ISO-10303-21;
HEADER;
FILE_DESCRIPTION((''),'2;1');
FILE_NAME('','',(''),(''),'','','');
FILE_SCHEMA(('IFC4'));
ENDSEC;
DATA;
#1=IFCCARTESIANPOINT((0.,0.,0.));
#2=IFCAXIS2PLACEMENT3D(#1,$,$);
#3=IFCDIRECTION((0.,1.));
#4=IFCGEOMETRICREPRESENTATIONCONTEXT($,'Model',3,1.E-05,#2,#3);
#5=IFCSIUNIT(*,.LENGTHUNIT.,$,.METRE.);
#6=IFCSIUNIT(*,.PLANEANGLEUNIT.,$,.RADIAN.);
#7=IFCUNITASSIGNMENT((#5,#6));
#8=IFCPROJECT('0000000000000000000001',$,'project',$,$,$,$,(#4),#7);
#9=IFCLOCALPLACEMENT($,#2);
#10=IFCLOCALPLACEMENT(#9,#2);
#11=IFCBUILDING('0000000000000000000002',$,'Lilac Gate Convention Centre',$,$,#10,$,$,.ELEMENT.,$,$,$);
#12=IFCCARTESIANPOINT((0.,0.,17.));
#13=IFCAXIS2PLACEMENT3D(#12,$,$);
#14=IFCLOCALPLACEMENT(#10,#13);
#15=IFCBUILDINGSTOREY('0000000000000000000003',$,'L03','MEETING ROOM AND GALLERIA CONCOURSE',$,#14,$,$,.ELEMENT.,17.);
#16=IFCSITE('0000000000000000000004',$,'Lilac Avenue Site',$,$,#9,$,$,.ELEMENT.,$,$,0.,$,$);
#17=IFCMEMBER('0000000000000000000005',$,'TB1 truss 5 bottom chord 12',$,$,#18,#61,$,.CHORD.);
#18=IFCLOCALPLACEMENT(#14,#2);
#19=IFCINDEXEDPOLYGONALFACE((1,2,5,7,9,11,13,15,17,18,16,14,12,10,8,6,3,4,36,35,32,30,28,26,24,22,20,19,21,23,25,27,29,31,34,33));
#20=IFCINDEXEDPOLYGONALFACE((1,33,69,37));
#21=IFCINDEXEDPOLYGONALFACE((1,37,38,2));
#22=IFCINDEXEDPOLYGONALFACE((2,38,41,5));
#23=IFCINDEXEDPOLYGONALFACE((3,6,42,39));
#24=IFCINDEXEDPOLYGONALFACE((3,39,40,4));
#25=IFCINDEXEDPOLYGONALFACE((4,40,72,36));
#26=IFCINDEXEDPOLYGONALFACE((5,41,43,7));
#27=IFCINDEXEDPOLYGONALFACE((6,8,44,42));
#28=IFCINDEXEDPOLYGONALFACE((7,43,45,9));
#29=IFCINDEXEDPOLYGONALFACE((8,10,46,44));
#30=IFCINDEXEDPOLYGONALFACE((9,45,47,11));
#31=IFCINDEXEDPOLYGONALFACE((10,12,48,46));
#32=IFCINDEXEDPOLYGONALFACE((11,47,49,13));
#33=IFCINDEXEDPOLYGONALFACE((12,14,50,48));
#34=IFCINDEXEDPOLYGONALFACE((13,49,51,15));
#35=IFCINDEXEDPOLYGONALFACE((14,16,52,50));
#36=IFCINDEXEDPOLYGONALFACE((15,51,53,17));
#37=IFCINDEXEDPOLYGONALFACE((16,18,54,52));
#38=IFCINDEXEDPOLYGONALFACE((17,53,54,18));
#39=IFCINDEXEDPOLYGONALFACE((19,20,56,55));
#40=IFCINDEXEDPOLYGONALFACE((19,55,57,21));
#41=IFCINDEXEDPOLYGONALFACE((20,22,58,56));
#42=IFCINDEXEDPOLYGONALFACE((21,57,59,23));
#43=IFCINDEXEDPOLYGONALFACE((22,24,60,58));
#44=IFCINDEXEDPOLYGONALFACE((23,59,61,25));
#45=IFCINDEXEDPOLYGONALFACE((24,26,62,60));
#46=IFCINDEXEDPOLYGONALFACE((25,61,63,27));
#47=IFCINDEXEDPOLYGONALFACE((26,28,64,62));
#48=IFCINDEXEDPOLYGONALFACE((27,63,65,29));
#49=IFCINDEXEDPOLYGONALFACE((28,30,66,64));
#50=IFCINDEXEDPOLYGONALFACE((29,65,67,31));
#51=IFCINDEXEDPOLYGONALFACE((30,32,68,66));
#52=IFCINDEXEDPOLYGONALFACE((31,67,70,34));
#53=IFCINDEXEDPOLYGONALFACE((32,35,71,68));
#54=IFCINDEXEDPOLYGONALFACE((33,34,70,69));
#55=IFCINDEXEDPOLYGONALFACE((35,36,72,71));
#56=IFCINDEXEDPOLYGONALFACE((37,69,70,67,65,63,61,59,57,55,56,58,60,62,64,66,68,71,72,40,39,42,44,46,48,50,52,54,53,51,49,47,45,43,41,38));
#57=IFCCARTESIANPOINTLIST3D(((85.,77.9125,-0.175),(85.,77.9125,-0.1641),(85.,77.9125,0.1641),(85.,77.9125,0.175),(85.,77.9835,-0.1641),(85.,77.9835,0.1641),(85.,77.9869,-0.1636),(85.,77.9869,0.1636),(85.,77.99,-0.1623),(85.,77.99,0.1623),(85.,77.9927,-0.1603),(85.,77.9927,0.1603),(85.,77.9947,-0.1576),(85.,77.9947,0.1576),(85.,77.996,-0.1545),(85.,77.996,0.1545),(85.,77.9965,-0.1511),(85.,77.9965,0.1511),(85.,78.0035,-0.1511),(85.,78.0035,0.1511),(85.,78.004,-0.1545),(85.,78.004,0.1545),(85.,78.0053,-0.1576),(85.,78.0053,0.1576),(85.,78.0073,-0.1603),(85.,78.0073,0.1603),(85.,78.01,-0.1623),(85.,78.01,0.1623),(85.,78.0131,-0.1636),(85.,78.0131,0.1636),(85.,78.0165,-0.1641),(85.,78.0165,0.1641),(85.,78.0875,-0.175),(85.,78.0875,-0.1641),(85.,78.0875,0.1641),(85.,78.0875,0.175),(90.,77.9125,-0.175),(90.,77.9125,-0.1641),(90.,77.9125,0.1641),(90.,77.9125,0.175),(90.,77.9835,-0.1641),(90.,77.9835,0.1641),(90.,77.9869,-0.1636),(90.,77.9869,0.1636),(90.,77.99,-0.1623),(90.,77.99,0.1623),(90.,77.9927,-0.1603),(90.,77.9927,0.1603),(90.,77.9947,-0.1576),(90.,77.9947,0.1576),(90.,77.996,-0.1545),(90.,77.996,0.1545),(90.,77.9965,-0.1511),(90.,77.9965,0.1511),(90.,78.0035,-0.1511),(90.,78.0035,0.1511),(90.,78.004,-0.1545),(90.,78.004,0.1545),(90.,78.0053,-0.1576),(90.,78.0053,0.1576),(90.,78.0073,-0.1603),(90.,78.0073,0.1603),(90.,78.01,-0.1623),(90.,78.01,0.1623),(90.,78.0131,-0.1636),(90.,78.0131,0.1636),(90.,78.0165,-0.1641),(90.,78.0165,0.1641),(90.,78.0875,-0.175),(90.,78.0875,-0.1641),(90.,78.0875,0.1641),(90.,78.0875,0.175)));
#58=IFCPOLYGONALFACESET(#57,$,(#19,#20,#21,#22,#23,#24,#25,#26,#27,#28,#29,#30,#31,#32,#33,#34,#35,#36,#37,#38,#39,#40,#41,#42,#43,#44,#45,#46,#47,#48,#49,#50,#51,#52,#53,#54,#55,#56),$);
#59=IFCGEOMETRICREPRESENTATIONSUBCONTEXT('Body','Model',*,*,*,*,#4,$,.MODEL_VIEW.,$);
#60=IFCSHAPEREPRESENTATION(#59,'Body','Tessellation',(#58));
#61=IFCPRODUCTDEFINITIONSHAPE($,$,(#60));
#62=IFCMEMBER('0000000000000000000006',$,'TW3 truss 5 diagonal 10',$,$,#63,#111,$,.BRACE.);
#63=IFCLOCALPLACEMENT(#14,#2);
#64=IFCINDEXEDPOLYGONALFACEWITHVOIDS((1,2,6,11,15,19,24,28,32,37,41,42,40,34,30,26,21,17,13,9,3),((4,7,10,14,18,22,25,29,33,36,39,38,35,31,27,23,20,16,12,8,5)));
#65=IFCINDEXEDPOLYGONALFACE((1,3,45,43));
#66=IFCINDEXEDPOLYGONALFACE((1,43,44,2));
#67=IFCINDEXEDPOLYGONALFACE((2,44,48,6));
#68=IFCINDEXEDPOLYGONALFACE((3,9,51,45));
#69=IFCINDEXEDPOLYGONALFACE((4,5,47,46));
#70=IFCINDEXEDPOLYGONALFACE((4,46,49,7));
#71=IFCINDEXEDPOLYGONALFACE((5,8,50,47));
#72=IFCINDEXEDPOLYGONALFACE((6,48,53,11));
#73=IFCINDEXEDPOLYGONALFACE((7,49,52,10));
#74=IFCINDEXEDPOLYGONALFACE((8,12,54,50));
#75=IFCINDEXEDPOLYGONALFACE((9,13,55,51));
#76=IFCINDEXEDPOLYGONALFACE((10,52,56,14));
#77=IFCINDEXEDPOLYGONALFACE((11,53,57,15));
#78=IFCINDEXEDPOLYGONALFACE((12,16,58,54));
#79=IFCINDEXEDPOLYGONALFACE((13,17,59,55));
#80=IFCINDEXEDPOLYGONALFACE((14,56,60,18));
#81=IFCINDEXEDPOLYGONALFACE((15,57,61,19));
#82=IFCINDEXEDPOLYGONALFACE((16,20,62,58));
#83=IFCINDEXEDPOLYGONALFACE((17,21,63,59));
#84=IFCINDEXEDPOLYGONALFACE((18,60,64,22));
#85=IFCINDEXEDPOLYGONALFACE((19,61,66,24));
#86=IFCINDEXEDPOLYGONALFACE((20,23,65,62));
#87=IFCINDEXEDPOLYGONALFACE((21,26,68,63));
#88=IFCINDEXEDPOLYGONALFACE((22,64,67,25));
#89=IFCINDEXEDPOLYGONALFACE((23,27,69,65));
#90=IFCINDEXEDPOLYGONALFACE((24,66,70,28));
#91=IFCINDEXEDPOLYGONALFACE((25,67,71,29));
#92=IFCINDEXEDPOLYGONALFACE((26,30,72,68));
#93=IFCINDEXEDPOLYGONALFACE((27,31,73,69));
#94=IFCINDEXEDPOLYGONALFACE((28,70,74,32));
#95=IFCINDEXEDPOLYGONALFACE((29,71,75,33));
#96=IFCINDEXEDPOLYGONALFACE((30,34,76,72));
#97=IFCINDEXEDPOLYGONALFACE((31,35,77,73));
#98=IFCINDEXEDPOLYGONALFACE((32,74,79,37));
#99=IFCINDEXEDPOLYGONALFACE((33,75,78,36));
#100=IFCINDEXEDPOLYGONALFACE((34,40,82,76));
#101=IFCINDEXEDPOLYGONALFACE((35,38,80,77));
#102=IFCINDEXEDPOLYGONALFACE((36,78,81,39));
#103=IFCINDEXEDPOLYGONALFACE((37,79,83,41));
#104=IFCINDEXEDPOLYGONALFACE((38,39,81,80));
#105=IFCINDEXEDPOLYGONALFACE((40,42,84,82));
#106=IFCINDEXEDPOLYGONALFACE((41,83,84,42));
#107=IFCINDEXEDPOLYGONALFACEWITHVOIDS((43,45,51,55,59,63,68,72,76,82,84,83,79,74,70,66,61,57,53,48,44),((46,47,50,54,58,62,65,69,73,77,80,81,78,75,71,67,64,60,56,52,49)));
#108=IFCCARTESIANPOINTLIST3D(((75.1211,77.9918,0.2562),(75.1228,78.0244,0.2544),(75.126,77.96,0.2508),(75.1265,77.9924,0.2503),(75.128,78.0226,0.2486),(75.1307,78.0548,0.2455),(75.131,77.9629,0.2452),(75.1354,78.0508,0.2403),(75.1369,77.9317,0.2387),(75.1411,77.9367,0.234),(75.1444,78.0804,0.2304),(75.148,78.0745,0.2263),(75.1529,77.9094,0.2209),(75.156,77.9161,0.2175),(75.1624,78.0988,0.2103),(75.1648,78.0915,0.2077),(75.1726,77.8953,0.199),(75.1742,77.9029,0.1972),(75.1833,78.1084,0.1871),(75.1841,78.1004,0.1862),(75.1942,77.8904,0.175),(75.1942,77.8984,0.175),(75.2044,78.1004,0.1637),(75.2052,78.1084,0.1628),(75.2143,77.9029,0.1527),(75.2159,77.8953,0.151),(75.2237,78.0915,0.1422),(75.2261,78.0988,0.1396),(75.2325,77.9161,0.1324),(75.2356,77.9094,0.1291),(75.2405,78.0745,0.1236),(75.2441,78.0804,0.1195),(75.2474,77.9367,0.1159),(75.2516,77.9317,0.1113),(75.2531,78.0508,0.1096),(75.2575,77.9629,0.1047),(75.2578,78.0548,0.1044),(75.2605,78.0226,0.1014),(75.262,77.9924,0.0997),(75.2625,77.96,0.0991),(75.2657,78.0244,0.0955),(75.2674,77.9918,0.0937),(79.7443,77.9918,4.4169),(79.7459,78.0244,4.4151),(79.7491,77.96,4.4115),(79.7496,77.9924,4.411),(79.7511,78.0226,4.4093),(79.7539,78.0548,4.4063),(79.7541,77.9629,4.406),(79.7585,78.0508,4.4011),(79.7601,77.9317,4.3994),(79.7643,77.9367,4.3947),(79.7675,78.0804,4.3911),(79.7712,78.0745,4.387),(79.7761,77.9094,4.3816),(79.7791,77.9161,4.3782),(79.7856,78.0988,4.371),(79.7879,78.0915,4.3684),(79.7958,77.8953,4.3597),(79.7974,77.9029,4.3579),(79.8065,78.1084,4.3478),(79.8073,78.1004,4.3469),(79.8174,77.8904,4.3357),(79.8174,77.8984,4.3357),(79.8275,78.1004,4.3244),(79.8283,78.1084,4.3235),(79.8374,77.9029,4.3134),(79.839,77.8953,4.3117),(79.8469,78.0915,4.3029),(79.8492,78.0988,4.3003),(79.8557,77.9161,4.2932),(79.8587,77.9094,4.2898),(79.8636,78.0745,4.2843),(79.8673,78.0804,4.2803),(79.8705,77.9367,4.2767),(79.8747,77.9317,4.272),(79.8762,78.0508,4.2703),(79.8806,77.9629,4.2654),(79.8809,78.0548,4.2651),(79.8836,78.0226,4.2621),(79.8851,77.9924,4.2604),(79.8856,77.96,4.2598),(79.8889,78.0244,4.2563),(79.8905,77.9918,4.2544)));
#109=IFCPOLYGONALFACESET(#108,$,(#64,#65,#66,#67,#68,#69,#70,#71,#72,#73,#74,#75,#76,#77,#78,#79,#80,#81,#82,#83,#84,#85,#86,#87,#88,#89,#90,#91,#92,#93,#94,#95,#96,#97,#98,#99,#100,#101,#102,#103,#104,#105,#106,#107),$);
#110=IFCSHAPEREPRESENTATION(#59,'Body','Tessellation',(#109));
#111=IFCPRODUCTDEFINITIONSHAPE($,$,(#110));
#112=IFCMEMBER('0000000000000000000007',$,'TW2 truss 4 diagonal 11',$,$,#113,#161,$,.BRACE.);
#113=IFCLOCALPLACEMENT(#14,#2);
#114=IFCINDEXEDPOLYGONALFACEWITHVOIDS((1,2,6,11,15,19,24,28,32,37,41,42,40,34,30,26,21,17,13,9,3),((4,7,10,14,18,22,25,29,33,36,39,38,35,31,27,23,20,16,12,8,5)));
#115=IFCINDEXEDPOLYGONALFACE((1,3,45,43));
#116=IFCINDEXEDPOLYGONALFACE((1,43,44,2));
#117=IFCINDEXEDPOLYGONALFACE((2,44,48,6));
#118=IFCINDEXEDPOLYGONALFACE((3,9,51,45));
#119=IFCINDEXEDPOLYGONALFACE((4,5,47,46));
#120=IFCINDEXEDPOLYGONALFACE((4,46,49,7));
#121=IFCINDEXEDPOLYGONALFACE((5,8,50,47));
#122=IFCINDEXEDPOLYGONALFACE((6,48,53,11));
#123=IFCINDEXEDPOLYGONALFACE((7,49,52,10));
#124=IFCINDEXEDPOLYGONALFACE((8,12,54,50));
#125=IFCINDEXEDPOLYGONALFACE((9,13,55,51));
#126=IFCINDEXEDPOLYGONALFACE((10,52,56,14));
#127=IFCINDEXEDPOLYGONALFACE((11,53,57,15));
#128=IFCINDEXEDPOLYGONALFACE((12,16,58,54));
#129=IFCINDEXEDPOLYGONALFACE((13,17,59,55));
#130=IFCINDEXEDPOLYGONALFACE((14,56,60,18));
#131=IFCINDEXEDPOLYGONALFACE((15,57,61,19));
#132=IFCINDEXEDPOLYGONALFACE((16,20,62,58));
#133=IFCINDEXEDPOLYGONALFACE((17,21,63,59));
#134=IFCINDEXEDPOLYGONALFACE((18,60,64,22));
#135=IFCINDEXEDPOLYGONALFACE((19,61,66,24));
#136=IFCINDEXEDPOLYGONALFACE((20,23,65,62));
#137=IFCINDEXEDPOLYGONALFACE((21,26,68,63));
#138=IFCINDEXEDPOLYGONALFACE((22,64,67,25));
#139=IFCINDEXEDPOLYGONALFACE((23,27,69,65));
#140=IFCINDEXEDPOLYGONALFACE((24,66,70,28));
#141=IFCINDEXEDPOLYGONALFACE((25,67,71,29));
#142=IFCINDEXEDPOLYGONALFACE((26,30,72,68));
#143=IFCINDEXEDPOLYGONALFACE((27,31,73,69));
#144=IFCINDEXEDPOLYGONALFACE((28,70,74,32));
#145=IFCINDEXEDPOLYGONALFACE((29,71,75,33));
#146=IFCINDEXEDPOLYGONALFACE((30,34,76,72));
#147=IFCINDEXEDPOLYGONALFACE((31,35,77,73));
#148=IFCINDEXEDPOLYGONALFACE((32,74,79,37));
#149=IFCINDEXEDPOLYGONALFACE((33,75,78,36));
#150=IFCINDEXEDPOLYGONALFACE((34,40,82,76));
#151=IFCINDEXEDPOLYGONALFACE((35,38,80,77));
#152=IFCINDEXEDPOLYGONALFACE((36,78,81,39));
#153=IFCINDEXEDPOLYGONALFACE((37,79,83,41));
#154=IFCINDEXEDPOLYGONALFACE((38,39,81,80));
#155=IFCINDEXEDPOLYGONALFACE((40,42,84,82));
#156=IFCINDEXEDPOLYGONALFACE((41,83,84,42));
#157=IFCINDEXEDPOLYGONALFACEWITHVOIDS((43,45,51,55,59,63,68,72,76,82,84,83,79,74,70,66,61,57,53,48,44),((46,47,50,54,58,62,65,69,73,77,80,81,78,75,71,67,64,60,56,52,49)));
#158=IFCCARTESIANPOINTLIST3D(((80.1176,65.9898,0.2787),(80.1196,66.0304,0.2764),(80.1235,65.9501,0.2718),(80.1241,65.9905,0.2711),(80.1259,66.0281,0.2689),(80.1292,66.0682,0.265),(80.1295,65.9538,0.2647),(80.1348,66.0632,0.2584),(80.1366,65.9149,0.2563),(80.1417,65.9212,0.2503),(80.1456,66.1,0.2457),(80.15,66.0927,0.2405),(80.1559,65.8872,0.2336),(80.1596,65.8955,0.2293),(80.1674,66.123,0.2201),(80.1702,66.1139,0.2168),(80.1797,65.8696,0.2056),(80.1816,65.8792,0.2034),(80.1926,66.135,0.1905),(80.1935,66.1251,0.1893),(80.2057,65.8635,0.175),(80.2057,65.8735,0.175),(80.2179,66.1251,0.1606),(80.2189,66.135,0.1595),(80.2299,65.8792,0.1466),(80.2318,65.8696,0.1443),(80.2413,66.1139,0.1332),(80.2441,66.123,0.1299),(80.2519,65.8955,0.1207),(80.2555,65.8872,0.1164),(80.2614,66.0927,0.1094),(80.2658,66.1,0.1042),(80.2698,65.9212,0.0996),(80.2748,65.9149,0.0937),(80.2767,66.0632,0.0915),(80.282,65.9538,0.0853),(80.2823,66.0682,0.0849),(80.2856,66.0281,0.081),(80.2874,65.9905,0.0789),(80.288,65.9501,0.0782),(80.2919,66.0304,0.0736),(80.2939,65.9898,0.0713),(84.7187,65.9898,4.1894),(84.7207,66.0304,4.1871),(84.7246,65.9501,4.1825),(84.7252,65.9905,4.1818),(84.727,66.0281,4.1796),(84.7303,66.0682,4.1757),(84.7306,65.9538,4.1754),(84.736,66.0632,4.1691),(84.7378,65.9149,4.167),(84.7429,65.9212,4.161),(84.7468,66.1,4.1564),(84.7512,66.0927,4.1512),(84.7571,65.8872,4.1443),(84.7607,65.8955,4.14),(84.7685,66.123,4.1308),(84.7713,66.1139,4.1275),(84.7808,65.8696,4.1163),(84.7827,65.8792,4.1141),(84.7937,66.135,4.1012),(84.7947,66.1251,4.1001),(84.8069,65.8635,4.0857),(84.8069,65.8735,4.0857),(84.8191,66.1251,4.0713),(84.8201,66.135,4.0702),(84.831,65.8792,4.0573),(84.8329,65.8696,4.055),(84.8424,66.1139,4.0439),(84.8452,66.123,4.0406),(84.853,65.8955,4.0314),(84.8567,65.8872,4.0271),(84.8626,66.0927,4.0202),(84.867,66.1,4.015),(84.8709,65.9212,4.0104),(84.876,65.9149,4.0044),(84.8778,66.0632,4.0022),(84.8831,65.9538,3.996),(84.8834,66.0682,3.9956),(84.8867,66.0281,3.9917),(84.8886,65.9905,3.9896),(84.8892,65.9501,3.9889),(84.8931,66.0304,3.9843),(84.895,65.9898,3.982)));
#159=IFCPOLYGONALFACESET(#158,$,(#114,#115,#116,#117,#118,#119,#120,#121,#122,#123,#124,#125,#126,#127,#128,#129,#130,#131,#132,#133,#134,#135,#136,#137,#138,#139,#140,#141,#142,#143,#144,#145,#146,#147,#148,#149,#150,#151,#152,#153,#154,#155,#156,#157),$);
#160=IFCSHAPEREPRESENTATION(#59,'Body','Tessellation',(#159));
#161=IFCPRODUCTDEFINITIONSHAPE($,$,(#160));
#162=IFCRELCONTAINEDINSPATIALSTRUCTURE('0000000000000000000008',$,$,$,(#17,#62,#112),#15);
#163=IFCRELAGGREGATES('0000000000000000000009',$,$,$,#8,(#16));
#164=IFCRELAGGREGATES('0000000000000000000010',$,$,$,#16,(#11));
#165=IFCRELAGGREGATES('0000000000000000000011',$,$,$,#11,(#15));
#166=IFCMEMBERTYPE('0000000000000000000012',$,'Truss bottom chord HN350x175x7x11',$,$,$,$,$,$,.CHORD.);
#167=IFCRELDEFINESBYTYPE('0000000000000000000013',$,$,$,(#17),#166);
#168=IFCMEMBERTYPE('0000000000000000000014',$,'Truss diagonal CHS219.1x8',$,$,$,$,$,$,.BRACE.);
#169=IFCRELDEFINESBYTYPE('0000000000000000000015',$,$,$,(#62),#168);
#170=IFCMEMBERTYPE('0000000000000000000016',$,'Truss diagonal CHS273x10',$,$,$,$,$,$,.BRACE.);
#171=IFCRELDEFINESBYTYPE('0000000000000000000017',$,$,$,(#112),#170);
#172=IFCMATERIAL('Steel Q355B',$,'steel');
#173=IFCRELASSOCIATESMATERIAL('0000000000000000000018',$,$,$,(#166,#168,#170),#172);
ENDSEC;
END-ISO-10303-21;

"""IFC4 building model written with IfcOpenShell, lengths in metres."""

from ifc_helpers import new_model, si_unit, direction, frame, origin, origin_2d, place, context, subcontext, project, spatial, hollow_circle, i_section, extrude, material, material_profile, profile_set, type_object, element, save


model = new_model("IFC4")

# Units and contexts
model_context = context("Model", 3, precision=1e-05, world=origin(), true_north=direction((0.0, 1.0)))
body_context = subcontext(model_context, "Body", "Model", "MODEL_VIEW")
ifc_project = project(units=[si_unit("LENGTHUNIT", "METRE"), si_unit("PLANEANGLEUNIT", "RADIAN")], contexts=[model_context])

# Site, building, storey
site_placement = place(None, origin())
site = spatial("IfcSite", under=ifc_project, at=site_placement, Name="Lilac Avenue Site", CompositionType="ELEMENT", RefElevation=0.0)
building_placement = place(site_placement, origin())
building = spatial("IfcBuilding", under=site, at=building_placement, Name="Lilac Gate Convention Centre", CompositionType="ELEMENT")
storey_placement = place(building_placement, frame((0.0, 0.0, 17.0)))
storey = spatial("IfcBuildingStorey", under=building, at=storey_placement, Name="L03", Description="MEETING ROOM AND GALLERIA CONCOURSE", CompositionType="ELEMENT", Elevation=17.0)

# Members
ifc_material = material(Name="Steel Q355B", Category="steel")
ifc_material_profile_1 = material_profile(ifc_material, i_section(OverallWidth=0.175, OverallDepth=0.3501, WebThickness=0.0071, FlangeThickness=0.011, FilletRadius=0.0129, at=origin_2d()), Name="HN350x175x7x11")
ifc_profile_set_1 = profile_set([ifc_material_profile_1], Name="Steel Q355B")
member_type_1 = type_object("IfcMemberType", Name="Truss bottom chord HN350x175x7x11", PredefinedType="CHORD", material=ifc_profile_set_1)
for number, where, z_axis, x_axis, name in (
    (1, (85.0, 78.0, 0.0), (1.0, 0.0, 0.0), (0.0, 1.0, 0.0), "TB1 truss 5 bottom chord 12"),
):
    element("IfcMember", number, at=place(storey_placement, frame(where, z_axis=z_axis, x_axis=x_axis)), inside=storey, type_object=member_type_1, Name=name, PredefinedType="CHORD", context=body_context, shape_type="SweptSolid", body=[
        extrude(i_section(OverallWidth=0.175, OverallDepth=0.3501, WebThickness=0.0071, FlangeThickness=0.011, FilletRadius=0.0129, at=origin_2d()), origin(), (0.0, 0.0, 1.0), 5.0),
    ])
ifc_material_profile_2 = material_profile(ifc_material, hollow_circle(Radius=0.1096, WallThickness=0.0081, at=origin_2d()), Name="CHS219.1x8")
ifc_profile_set_2 = profile_set([ifc_material_profile_2], Name="Steel Q355B")
member_type_2 = type_object("IfcMemberType", Name="Truss diagonal CHS219.1x8", PredefinedType="BRACE", material=ifc_profile_set_2)
member_1_placement = place(storey_placement, frame((79.8174, 78.0, 4.3357), z_axis=(-0.743302, 0.0, -0.668956), x_axis=(0.0, -1.0, 0.0)))
element("IfcMember", 2, at=member_1_placement, inside=storey, type_object=member_type_2, Name="TW3 truss 5 diagonal 10", PredefinedType="BRACE", context=body_context, shape_type="SweptSolid", body=[
    extrude(hollow_circle(Radius=0.1096, WallThickness=0.0081, at=origin_2d()), origin(), (0.0, 0.0, 1.0), 6.2197),
])
ifc_material_profile_3 = material_profile(ifc_material, hollow_circle(Radius=0.1365, WallThickness=0.01, at=origin_2d()), Name="CHS273x10")
ifc_profile_set_3 = profile_set([ifc_material_profile_3], Name="Steel Q355B")
member_type_3 = type_object("IfcMemberType", Name="Truss diagonal CHS273x10", PredefinedType="BRACE", material=ifc_profile_set_3)
for number, where, z_axis, x_axis, name in (
    (3, (84.8069, 66.0, 4.0857), (-0.761961, 0.0, -0.647623), (0.0, -1.0, 0.0), "TW2 truss 4 diagonal 11"),
):
    element("IfcMember", number, at=place(storey_placement, frame(where, z_axis=z_axis, x_axis=x_axis)), inside=storey, type_object=member_type_3, Name=name, PredefinedType="BRACE", context=body_context, shape_type="SweptSolid", body=[
        extrude(hollow_circle(Radius=0.1365, WallThickness=0.01, at=origin_2d()), origin(), (0.0, 0.0, 1.0), 6.0386),
    ])

save(model, "model.ifc")
